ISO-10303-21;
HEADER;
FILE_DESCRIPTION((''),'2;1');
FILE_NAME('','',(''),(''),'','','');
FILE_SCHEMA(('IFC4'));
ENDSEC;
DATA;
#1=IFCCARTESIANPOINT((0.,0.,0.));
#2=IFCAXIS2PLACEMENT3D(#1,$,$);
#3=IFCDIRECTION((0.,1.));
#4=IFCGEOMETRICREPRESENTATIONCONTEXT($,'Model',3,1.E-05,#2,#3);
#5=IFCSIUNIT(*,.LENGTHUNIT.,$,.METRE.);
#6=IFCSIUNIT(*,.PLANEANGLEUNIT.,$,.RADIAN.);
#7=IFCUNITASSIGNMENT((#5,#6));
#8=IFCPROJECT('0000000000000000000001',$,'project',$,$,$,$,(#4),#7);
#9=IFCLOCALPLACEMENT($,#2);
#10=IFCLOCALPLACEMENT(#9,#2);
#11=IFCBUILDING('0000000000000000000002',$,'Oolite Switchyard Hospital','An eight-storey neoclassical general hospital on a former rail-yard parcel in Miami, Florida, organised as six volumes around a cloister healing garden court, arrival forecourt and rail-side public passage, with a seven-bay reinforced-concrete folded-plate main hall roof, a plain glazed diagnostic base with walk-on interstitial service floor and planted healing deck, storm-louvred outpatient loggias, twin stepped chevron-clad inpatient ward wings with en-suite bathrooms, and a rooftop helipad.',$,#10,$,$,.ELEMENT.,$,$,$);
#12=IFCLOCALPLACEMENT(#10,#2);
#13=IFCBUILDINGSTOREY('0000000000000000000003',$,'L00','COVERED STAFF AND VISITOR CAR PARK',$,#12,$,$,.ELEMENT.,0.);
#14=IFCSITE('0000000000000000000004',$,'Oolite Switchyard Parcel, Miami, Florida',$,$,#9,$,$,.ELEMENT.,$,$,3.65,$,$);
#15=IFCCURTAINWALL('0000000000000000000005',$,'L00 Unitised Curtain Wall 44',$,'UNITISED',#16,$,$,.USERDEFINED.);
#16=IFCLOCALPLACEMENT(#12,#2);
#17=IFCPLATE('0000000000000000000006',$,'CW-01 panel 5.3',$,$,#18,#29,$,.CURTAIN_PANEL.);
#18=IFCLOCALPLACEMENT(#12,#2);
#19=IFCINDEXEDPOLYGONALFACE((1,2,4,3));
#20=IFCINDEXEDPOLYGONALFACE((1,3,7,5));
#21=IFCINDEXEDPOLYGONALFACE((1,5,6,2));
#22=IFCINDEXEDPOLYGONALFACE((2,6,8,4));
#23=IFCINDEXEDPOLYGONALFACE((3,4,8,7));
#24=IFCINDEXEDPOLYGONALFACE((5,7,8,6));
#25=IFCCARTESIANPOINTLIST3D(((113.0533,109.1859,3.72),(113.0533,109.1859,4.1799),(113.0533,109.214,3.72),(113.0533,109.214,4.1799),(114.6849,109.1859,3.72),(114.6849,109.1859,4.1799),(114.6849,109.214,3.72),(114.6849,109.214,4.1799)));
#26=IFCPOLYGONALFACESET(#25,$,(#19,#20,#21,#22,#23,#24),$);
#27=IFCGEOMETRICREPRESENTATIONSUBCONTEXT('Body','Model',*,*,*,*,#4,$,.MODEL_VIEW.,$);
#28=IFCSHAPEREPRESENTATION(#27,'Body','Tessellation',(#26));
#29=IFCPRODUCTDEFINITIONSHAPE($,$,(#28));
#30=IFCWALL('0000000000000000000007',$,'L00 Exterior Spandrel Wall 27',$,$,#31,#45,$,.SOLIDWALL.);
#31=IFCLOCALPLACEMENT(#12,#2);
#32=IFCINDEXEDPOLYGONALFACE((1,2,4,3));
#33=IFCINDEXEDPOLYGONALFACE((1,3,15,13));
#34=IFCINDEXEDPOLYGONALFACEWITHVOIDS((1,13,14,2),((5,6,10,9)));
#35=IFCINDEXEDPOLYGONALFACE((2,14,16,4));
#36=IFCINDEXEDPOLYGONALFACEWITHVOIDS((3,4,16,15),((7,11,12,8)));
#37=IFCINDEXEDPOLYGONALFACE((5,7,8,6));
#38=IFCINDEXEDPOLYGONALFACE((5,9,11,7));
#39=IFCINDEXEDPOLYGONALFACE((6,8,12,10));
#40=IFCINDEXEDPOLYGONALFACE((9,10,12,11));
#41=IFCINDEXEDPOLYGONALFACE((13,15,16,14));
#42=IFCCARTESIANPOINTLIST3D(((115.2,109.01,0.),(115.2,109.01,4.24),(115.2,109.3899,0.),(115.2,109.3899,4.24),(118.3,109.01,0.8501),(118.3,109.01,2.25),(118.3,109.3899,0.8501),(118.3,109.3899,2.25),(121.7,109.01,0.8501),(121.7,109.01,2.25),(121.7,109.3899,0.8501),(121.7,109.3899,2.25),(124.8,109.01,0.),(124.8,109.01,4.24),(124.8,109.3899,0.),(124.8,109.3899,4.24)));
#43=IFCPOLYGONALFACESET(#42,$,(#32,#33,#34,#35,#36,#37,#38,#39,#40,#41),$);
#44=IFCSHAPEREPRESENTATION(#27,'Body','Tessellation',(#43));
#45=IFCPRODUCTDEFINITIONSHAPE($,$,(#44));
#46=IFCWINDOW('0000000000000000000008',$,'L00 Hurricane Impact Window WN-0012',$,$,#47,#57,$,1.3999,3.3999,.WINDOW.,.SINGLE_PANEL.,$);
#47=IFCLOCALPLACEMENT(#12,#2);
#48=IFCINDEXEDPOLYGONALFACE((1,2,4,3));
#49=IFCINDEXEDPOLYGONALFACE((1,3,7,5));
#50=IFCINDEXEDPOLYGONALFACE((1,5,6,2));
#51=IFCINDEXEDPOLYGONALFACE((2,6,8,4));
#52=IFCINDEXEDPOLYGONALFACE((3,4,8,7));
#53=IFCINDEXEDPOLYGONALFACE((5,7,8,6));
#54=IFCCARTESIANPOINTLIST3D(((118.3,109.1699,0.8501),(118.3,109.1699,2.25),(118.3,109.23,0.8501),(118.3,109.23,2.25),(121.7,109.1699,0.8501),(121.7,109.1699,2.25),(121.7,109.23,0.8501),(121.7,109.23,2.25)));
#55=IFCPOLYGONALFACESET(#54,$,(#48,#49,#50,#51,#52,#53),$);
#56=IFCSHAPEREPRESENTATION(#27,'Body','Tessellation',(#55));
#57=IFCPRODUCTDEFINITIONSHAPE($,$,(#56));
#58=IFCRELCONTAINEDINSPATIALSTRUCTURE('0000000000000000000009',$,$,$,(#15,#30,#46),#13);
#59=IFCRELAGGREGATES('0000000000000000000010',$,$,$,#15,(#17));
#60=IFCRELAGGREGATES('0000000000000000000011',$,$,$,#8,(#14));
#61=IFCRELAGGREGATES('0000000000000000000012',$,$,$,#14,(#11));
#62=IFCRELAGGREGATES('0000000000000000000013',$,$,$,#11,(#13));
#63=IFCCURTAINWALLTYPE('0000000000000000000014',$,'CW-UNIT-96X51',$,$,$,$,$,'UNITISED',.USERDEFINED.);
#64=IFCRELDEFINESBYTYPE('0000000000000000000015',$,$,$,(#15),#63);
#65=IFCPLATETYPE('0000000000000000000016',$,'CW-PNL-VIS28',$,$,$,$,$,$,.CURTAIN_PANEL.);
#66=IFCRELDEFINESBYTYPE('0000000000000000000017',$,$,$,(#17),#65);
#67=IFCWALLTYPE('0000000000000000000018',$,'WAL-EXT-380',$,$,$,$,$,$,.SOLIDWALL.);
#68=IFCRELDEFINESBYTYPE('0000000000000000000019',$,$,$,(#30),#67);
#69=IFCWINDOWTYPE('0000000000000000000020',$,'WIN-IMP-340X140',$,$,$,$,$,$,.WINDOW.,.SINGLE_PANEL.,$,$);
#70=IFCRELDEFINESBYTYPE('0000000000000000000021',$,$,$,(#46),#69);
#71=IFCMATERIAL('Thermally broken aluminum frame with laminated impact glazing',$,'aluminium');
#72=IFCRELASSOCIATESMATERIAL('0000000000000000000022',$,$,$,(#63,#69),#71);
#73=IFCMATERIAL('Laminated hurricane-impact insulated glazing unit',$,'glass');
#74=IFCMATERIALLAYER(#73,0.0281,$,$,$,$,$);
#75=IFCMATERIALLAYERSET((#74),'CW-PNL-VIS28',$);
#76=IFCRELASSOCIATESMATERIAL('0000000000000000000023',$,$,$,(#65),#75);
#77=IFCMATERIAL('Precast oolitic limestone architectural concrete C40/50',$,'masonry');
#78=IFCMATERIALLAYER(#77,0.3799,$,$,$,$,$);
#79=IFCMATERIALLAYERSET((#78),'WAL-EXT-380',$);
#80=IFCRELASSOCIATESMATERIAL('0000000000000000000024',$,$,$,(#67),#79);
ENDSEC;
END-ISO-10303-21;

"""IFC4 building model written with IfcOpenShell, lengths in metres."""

from ifc_helpers import new_model, si_unit, direction, frame, frame_2d, origin, origin_2d, place, context, subcontext, project, spatial, rectangle, extrude, material, layer, layer_set, type_object, element, fill, aggregate, save


model = new_model("IFC4")

# Units and contexts
model_context = context("Model", 3, precision=1e-05, world=origin(), true_north=direction((0.0, 1.0)))
body_context = subcontext(model_context, "Body", "Model", "MODEL_VIEW")
ifc_project = project(units=[si_unit("LENGTHUNIT", "METRE"), si_unit("PLANEANGLEUNIT", "RADIAN")], contexts=[model_context])

# Site, building, storey
site_placement = place(None, origin())
site = spatial("IfcSite", under=ifc_project, at=site_placement, Name="Oolite Switchyard Parcel, Miami, Florida", CompositionType="ELEMENT", RefElevation=3.65)
building_placement = place(site_placement, origin())
building = spatial("IfcBuilding", under=site, at=building_placement, Name="Oolite Switchyard Hospital", Description="An eight-storey neoclassical general hospital on a former rail-yard parcel in Miami, Florida, organised as six volumes around a cloister healing garden court, arrival forecourt and rail-side public passage, with a seven-bay reinforced-concrete folded-plate main hall roof, a plain glazed diagnostic base with walk-on interstitial service floor and planted healing deck, storm-louvred outpatient loggias, twin stepped chevron-clad inpatient ward wings with en-suite bathrooms, and a rooftop helipad.", CompositionType="ELEMENT")
storey_placement = place(building_placement, origin())
storey = spatial("IfcBuildingStorey", under=building, at=storey_placement, Name="L00", Description="COVERED STAFF AND VISITOR CAR PARK", CompositionType="ELEMENT", Elevation=0.0)

# Curtain wall, plate
ifc_material_1 = material(Name="Thermally broken aluminum frame with laminated impact glazing", Category="aluminium")
curtain_wall_type = type_object("IfcCurtainWallType", Name="CW-UNIT-96X51", ElementType="UNITISED", PredefinedType="USERDEFINED", material=ifc_material_1)
curtain_wall_placement = place(storey_placement, origin())
curtain_wall = element("IfcCurtainWall", 1, at=curtain_wall_placement, inside=storey, type_object=curtain_wall_type, Name="L00 Unitised Curtain Wall 44", ObjectType="UNITISED", PredefinedType="USERDEFINED")
ifc_material_2 = material(Name="Laminated hurricane-impact insulated glazing unit", Category="glass")
ifc_layer_1 = layer(ifc_material_2, 0.0281)
ifc_layer_set_1 = layer_set([ifc_layer_1], Name="CW-PNL-VIS28")
plate_type = type_object("IfcPlateType", Name="CW-PNL-VIS28", PredefinedType="CURTAIN_PANEL", material=ifc_layer_set_1)
plate_1_placement = place(storey_placement, frame((113.8691, 109.2, 3.72), z_axis=(0.0, 0.0, 1.0), x_axis=(1.0, 0.0, 0.0)))
plate_1 = element("IfcPlate", 2, at=plate_1_placement, type_object=plate_type, Name="CW-01 panel 5.3", PredefinedType="CURTAIN_PANEL", context=body_context, shape_type="SweptSolid", body=[
    extrude(rectangle(XDim=1.6316, YDim=0.0281, at=origin_2d()), origin(), (0.0, 0.0, 1.0), 0.46),
])
aggregate(curtain_wall, [plate_1])

# Wall, opening, window
ifc_material_3 = material(Name="Precast oolitic limestone architectural concrete C40/50", Category="masonry")
ifc_layer_2 = layer(ifc_material_3, 0.3799)
ifc_layer_set_2 = layer_set([ifc_layer_2], Name="WAL-EXT-380")
wall_type = type_object("IfcWallType", Name="WAL-EXT-380", PredefinedType="SOLIDWALL", material=ifc_layer_set_2)
wall_placement = place(storey_placement, frame((115.2, 109.2, 0.0), z_axis=(0.0, 0.0, 1.0), x_axis=(1.0, 0.0, 0.0)))
wall = element("IfcWall", 3, at=wall_placement, inside=storey, type_object=wall_type, Name="L00 Exterior Spandrel Wall 27", PredefinedType="SOLIDWALL", context=body_context, shape_type="SweptSolid", body=[
    extrude(rectangle(XDim=9.6001, YDim=0.3799, at=frame_2d((4.8, 0.0))), origin(), (0.0, 0.0, 1.0), 4.24),
])
opening_placement = place(wall_placement, frame((3.1001, 0.0, 0.8501)))
opening = element("IfcOpeningElement", 4, at=opening_placement, cuts=wall, PredefinedType="OPENING", context=body_context, shape_type="SweptSolid", body=[
    extrude(rectangle(XDim=3.3999, YDim=1.3999, at=frame_2d((1.7, 0.7))), frame((0.0, 0.2, 0.0), z_axis=(0.0, -1.0, 0.0), x_axis=(1.0, 0.0, 0.0)), (0.0, 0.0, 1.0), 0.3999),
])
window_type = type_object("IfcWindowType", Name="WIN-IMP-340X140", PartitioningType="SINGLE_PANEL", PredefinedType="WINDOW", material=ifc_material_1)
window_placement = place(opening_placement, origin())
window = element("IfcWindow", 5, at=window_placement, inside=storey, type_object=window_type, Name="L00 Hurricane Impact Window WN-0012", OverallHeight=1.3999, OverallWidth=3.3999, PartitioningType="SINGLE_PANEL", PredefinedType="WINDOW", context=body_context, shape_type="SweptSolid", body=[
    extrude(rectangle(XDim=3.3999, YDim=1.3999, at=frame_2d((1.7, 0.7))), frame((0.0, 0.03, 0.0), z_axis=(0.0, -1.0, 0.0), x_axis=(1.0, 0.0, 0.0)), (0.0, 0.0, 1.0), 0.0601),
])
fill(opening, window)

save(model, "model.ifc")
